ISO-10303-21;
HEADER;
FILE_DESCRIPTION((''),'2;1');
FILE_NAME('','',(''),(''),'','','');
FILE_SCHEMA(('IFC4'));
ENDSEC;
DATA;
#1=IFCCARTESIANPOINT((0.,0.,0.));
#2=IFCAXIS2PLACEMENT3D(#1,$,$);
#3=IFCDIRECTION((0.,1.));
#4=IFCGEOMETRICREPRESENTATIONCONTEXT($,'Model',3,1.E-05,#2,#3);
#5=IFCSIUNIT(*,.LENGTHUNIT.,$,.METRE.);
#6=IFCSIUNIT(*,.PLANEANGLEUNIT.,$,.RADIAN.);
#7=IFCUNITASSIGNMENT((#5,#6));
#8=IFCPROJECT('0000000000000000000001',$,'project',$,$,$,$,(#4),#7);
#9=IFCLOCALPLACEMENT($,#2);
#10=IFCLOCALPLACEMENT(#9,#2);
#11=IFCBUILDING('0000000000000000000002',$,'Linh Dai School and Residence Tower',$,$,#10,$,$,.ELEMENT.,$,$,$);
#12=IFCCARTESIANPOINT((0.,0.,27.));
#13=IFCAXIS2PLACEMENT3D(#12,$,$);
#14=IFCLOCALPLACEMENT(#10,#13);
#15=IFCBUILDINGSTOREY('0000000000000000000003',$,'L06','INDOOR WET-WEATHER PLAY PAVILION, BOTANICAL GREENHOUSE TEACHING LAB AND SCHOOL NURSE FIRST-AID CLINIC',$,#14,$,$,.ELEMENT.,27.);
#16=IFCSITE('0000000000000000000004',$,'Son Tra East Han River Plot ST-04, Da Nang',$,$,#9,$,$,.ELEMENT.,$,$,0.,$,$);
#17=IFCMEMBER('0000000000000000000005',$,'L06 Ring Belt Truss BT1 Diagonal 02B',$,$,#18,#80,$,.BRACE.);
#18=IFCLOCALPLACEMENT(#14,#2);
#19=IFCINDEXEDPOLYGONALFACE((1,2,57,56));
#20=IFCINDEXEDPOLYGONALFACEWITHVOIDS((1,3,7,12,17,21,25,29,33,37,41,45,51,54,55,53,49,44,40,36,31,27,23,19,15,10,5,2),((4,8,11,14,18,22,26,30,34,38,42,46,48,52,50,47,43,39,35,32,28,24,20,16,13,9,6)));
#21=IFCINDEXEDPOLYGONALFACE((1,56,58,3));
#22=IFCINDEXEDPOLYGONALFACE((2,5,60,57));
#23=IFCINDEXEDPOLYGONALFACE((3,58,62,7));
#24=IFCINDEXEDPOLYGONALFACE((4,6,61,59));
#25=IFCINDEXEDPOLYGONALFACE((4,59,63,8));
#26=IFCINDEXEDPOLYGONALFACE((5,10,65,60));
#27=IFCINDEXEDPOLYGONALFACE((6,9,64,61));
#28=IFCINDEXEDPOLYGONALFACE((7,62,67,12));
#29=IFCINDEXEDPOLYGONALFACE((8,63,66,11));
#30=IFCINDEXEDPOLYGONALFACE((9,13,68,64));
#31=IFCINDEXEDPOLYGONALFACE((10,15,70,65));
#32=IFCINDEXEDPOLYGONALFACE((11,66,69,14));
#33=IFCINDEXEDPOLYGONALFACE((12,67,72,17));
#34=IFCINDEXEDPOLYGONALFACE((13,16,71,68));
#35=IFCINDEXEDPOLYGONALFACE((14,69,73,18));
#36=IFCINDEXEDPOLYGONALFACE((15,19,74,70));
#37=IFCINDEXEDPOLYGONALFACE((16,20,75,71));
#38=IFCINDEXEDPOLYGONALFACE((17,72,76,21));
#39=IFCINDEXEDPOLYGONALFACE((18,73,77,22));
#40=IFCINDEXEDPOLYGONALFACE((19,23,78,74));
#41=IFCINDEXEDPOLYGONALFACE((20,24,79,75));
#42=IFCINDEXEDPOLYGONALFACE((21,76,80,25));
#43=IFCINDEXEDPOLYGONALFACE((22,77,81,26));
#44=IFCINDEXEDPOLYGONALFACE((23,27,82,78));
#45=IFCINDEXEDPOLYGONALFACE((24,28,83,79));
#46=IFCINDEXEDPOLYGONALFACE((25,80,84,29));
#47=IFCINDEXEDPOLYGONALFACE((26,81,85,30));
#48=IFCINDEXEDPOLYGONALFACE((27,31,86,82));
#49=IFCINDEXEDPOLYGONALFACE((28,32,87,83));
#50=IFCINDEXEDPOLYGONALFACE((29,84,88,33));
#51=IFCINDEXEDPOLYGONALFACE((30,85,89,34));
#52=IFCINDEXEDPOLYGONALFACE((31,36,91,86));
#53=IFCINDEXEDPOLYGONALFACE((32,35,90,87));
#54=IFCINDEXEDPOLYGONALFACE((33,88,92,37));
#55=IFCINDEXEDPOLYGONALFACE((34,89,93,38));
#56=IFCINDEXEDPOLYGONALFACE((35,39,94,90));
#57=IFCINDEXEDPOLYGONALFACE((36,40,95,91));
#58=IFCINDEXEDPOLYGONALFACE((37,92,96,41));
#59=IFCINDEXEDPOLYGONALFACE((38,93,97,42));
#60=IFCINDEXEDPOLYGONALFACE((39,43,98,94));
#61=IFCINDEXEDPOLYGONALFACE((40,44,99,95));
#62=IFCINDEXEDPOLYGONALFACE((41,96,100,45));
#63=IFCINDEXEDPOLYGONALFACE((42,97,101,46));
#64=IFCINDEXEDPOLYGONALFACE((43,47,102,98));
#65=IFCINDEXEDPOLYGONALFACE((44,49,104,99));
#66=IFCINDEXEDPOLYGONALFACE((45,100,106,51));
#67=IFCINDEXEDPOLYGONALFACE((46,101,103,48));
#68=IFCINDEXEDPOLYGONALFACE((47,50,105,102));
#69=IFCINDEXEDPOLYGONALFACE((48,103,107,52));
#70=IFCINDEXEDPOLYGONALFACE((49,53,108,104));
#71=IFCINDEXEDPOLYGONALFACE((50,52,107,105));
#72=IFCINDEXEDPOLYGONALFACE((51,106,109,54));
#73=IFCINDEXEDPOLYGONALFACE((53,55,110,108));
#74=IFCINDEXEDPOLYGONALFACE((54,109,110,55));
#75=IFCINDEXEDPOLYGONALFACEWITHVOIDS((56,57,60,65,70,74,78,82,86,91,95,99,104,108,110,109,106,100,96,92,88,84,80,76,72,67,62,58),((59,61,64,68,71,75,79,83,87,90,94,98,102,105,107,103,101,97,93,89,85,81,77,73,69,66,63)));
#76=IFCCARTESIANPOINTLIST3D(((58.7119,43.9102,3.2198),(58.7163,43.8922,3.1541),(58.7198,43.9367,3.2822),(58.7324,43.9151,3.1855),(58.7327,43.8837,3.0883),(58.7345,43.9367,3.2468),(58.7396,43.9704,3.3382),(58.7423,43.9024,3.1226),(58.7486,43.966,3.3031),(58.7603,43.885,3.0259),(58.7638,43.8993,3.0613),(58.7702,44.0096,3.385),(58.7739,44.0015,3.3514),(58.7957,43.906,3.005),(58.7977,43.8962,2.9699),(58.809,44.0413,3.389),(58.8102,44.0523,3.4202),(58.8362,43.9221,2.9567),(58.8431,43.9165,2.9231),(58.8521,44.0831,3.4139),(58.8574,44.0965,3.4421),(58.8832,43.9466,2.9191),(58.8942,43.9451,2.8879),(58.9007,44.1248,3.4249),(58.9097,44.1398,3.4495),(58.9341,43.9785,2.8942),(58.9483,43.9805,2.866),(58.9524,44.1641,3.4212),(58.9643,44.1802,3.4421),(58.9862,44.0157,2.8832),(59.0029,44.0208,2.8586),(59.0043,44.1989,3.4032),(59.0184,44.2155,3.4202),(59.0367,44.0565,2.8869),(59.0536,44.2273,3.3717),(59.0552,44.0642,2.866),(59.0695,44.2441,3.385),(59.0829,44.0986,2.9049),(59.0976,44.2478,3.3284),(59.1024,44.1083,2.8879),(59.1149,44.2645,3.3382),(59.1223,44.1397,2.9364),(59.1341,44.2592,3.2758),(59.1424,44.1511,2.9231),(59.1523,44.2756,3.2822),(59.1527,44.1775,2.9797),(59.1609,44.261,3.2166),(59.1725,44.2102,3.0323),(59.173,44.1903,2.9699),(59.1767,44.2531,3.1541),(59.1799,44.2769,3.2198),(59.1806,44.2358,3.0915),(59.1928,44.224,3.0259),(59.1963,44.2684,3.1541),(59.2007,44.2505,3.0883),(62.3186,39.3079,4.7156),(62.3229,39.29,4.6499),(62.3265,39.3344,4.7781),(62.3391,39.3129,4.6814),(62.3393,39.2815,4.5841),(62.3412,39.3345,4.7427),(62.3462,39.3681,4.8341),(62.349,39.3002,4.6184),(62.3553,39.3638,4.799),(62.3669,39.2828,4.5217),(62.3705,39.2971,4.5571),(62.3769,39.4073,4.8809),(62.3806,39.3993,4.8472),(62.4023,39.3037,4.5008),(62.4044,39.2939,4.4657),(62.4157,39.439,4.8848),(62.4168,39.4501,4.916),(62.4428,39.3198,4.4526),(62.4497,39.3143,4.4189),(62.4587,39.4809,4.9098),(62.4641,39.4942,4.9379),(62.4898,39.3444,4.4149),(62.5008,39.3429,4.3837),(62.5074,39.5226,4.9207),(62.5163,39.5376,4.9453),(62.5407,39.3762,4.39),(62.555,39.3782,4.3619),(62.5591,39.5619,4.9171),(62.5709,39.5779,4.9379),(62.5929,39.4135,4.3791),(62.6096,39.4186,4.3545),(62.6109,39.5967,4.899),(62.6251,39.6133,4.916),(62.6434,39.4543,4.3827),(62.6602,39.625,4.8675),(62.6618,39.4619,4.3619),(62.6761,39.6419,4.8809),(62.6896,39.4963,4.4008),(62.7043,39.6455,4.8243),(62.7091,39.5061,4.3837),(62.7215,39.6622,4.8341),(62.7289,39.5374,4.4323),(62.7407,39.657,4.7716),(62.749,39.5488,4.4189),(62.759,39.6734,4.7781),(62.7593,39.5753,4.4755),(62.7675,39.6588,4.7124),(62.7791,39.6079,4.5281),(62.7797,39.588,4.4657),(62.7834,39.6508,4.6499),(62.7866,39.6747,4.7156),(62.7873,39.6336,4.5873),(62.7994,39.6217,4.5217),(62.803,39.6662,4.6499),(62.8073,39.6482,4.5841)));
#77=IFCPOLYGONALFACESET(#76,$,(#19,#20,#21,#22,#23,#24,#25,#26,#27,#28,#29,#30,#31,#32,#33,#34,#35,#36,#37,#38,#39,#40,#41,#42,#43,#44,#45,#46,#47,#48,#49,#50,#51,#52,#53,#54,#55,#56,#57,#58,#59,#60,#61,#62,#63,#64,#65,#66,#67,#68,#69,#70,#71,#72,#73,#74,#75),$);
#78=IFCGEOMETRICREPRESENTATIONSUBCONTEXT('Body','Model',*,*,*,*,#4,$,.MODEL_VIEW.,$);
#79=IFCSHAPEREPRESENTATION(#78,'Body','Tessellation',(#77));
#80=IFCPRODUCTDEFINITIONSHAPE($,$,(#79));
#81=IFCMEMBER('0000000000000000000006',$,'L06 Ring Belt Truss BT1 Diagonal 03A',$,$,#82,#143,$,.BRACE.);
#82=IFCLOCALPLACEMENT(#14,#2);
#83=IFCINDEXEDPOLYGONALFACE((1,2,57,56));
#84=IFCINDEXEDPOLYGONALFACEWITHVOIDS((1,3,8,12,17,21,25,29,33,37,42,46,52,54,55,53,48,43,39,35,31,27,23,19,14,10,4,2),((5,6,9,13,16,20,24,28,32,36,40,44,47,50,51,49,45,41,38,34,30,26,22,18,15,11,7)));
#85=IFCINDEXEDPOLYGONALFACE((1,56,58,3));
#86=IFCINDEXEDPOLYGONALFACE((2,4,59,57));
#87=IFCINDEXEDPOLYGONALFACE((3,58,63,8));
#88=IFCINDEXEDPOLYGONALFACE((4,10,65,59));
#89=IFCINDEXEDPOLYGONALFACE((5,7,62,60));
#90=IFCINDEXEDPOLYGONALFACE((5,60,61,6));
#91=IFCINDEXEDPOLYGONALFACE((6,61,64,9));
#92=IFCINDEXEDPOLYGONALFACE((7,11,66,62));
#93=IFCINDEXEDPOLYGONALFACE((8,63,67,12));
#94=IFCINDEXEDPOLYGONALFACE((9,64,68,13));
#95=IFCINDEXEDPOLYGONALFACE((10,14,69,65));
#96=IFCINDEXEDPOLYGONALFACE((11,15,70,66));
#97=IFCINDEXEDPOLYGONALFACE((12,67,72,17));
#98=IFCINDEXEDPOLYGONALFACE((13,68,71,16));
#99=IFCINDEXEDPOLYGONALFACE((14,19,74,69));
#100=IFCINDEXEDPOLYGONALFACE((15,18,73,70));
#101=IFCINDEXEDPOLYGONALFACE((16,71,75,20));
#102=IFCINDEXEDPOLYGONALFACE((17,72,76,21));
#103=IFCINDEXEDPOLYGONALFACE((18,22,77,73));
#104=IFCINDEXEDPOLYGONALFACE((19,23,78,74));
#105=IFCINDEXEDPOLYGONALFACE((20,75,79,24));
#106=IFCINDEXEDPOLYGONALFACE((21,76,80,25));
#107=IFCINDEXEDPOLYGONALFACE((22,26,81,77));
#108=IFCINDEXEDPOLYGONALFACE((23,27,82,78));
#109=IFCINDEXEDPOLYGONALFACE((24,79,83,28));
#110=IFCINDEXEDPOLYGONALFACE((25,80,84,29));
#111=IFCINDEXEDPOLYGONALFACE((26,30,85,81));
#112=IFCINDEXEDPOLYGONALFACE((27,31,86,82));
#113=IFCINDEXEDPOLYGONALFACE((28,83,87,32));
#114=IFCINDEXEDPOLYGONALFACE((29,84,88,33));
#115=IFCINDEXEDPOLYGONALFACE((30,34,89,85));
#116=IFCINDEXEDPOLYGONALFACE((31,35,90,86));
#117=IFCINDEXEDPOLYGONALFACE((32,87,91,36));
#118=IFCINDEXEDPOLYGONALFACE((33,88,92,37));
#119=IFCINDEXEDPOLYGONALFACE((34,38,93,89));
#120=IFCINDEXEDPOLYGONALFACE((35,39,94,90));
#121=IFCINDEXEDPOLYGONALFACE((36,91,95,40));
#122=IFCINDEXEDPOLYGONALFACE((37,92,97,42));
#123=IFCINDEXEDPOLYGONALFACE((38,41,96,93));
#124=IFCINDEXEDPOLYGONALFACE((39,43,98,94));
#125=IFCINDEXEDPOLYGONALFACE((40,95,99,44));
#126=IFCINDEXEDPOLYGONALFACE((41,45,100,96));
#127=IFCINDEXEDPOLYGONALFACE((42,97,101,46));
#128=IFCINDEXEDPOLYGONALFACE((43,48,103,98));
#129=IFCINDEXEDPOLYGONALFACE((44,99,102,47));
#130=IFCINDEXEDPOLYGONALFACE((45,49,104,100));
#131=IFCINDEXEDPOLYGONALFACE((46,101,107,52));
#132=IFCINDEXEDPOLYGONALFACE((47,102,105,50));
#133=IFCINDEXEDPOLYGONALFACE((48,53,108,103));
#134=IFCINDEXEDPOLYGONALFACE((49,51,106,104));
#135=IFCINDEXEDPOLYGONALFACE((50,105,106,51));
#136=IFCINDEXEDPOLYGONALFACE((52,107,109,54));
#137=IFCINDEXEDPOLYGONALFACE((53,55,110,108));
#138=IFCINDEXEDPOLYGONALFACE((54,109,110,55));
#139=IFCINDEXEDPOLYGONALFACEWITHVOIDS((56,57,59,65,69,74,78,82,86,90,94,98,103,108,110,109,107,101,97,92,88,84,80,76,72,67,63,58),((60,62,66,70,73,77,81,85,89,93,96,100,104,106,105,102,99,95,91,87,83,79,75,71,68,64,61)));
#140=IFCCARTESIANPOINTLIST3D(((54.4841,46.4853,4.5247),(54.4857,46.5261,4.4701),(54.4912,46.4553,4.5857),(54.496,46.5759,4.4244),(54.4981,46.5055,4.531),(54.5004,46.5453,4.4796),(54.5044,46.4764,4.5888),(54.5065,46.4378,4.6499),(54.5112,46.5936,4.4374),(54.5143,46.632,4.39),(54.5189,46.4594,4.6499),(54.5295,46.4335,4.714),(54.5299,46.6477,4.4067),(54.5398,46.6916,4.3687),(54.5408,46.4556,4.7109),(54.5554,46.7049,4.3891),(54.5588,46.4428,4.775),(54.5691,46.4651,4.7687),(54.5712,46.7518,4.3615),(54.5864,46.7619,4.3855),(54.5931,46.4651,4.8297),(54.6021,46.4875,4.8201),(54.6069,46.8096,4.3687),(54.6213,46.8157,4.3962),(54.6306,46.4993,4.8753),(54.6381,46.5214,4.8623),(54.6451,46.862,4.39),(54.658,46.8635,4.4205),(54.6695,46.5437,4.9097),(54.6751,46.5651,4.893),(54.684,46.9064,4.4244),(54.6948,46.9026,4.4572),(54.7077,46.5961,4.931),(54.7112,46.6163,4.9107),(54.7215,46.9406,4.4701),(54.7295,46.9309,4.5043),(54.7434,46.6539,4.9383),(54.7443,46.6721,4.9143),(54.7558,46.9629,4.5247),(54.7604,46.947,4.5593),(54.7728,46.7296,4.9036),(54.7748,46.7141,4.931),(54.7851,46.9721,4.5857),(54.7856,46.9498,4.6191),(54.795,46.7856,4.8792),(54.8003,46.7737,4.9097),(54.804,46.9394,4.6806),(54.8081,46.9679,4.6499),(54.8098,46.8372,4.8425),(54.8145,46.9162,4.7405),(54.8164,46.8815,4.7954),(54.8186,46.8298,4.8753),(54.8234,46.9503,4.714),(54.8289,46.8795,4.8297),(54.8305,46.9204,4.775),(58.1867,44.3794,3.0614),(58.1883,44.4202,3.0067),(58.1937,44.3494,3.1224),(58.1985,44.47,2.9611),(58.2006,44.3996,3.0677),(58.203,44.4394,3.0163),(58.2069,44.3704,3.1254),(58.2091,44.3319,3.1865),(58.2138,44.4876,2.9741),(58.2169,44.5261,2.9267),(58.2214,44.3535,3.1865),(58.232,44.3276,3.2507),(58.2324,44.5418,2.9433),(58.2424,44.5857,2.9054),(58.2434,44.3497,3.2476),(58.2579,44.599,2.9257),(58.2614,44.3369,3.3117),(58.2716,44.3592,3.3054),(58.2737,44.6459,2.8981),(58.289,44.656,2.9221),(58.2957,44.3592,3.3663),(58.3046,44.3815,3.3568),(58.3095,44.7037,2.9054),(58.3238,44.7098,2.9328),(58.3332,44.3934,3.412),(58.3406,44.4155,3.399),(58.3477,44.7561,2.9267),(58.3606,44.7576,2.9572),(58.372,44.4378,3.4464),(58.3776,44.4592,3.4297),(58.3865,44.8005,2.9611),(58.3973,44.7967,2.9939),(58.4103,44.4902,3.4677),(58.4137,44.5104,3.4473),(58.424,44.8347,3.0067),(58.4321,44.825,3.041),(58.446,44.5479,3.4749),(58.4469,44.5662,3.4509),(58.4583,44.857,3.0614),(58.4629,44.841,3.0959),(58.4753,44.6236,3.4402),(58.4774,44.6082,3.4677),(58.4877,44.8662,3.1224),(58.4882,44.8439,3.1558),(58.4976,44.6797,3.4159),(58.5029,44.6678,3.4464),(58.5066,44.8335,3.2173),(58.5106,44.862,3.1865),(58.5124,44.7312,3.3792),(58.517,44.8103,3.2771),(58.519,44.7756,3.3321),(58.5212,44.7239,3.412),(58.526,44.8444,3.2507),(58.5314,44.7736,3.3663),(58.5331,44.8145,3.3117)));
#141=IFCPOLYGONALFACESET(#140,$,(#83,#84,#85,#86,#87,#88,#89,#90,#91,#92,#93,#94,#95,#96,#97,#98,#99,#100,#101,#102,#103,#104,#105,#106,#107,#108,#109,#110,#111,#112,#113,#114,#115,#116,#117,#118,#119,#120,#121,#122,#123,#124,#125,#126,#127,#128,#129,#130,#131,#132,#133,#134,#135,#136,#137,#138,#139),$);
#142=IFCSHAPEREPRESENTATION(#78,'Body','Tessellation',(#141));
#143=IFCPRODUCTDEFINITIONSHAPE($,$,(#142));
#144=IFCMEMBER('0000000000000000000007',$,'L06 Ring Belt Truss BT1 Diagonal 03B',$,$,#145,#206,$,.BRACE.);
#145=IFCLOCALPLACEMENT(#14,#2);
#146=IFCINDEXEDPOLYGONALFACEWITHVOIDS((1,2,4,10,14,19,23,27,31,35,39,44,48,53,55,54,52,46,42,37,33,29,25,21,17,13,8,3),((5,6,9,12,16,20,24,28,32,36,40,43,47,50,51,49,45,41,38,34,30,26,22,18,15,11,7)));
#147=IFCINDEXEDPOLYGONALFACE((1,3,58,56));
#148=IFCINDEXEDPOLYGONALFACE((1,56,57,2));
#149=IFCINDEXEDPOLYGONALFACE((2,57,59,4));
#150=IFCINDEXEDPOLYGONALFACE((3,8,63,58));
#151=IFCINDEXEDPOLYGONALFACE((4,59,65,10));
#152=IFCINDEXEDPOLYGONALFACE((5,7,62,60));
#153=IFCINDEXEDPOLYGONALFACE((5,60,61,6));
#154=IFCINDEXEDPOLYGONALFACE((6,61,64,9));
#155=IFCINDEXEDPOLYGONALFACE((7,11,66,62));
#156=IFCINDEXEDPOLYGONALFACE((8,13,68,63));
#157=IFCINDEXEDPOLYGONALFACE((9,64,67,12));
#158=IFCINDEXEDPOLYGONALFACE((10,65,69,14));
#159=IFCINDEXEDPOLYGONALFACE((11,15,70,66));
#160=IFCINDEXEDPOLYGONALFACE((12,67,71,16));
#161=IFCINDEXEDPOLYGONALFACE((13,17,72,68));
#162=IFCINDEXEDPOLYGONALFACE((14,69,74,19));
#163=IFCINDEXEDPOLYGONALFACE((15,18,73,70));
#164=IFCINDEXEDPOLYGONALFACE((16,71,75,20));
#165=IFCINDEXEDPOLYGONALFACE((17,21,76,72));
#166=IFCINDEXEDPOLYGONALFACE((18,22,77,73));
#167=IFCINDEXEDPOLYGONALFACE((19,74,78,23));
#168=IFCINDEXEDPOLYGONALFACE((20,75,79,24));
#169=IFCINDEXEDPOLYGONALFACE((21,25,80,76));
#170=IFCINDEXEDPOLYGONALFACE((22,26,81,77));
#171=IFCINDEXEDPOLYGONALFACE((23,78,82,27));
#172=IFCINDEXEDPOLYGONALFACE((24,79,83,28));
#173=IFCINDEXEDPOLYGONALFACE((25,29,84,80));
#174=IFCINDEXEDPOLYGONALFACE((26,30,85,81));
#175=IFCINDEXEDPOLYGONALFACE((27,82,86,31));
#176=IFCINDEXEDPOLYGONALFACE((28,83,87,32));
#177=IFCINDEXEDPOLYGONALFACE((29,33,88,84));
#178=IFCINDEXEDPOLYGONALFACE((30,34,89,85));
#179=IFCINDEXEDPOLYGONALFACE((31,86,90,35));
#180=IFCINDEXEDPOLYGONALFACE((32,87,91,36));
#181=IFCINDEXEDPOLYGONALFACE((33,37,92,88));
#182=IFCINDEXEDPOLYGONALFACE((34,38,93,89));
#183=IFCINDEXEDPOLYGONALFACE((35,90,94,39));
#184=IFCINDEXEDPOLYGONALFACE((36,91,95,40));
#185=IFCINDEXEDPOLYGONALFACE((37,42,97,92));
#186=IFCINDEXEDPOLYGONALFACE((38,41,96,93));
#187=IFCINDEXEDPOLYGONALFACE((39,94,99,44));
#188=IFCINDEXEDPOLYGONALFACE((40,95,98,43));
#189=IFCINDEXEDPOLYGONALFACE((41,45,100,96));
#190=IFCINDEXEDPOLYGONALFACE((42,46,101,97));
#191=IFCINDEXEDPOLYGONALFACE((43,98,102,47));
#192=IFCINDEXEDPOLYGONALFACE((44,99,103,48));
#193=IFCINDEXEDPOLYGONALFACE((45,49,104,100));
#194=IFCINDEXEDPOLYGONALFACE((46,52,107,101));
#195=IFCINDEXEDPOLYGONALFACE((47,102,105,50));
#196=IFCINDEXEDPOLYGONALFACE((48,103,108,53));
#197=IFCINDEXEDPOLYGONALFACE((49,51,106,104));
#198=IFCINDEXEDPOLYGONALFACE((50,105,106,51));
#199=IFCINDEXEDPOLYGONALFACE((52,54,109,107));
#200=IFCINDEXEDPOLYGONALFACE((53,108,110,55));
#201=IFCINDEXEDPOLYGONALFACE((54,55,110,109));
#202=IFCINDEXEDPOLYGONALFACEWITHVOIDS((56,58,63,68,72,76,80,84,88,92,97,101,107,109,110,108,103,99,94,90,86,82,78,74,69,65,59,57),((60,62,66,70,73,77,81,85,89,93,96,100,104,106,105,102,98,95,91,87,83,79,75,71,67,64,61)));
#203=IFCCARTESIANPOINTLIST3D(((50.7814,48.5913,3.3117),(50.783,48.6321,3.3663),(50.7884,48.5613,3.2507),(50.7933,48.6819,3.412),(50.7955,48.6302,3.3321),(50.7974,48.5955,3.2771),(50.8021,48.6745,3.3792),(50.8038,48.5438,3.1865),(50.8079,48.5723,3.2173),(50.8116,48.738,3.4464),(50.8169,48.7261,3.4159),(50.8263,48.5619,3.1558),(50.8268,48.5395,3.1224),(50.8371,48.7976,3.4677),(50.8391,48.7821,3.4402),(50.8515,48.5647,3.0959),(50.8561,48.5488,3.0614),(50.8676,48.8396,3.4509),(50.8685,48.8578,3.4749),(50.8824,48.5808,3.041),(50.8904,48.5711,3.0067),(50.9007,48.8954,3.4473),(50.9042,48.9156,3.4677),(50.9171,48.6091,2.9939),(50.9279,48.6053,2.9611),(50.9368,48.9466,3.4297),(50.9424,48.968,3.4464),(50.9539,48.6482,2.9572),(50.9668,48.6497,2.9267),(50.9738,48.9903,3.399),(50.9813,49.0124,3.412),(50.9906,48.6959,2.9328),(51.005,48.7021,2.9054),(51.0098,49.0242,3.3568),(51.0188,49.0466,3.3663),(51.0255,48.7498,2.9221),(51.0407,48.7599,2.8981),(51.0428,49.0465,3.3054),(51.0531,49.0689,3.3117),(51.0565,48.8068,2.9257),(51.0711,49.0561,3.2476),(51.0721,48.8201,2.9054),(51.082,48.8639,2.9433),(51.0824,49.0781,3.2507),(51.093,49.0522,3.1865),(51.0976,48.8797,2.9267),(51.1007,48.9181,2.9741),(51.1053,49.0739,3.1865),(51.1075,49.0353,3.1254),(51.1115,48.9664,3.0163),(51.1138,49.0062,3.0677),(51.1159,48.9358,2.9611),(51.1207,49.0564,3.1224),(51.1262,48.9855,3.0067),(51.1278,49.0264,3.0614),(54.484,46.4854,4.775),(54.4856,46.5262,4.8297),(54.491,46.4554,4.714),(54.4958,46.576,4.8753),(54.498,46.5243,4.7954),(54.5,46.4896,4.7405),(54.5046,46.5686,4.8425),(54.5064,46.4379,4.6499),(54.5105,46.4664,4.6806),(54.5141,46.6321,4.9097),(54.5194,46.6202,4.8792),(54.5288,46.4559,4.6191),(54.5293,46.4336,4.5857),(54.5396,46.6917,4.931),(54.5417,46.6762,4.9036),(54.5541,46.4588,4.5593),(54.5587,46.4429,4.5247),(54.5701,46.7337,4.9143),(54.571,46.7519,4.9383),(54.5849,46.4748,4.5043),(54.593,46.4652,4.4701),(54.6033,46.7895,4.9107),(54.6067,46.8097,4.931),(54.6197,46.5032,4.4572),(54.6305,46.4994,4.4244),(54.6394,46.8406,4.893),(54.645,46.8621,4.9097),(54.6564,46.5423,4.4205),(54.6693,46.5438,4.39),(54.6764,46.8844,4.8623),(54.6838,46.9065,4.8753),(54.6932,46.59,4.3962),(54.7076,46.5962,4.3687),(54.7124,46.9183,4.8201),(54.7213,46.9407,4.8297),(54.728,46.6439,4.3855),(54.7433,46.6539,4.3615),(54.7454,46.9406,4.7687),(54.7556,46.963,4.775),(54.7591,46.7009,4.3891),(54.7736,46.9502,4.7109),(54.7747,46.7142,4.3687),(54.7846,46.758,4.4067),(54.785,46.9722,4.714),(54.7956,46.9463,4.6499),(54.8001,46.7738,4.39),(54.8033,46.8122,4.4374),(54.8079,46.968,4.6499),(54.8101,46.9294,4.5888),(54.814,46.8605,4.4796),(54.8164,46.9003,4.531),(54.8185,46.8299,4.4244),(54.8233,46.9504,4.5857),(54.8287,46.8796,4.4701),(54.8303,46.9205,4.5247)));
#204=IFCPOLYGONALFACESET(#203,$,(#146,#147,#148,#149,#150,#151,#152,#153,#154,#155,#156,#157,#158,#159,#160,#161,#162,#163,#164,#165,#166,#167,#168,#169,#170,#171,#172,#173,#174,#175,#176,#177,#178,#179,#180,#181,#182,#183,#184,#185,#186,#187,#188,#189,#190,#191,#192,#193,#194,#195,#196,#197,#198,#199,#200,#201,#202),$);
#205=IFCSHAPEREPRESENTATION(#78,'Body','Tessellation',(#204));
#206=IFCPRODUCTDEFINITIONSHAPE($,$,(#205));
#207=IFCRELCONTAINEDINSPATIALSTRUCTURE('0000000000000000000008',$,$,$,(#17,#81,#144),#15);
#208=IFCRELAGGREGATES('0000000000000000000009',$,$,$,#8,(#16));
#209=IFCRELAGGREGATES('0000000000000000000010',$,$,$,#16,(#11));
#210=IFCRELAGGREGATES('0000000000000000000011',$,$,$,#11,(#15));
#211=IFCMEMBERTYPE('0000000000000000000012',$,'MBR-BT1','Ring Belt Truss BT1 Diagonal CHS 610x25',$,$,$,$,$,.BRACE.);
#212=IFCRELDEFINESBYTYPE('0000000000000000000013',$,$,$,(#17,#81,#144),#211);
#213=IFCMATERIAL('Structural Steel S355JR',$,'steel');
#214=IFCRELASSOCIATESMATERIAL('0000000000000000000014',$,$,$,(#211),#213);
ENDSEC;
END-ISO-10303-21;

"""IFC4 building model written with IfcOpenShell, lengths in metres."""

from ifc_helpers import new_model, si_unit, direction, frame, origin, origin_2d, place, context, subcontext, project, spatial, hollow_circle, extrude, material, material_profile, profile_set, type_object, element, save


model = new_model("IFC4")

# Units and contexts
model_context = context("Model", 3, precision=1e-05, world=origin(), true_north=direction((0.0, 1.0)))
body_context = subcontext(model_context, "Body", "Model", "MODEL_VIEW")
ifc_project = project(units=[si_unit("LENGTHUNIT", "METRE"), si_unit("PLANEANGLEUNIT", "RADIAN")], contexts=[model_context])

# Site, building, storey
site_placement = place(None, origin())
site = spatial("IfcSite", under=ifc_project, at=site_placement, Name="Son Tra East Han River Plot ST-04, Da Nang", CompositionType="ELEMENT", RefElevation=0.0)
building_placement = place(site_placement, origin())
building = spatial("IfcBuilding", under=site, at=building_placement, Name="Linh Dai School and Residence Tower", CompositionType="ELEMENT")
storey_placement = place(building_placement, frame((0.0, 0.0, 27.0)))
storey = spatial("IfcBuildingStorey", under=building, at=storey_placement, Name="L06", Description="INDOOR WET-WEATHER PLAY PAVILION, BOTANICAL GREENHOUSE TEACHING LAB AND SCHOOL NURSE FIRST-AID CLINIC", CompositionType="ELEMENT", Elevation=27.0)

# Shared definitions
ifc_material_1 = material(Name="Structural Steel S355JR", Category="steel")

# Members
ifc_material_profile_1 = material_profile(ifc_material_1, hollow_circle(Radius=0.3049, WallThickness=0.0249, at=origin_2d()), Name="CHS 610x25")
ifc_profile_set_1 = profile_set([ifc_material_profile_1], Name="Structural Steel S355JR")
member_type_1 = type_object("IfcMemberType", Name="MBR-BT1", Description="Ring Belt Truss BT1 Diagonal CHS 610x25", PredefinedType="BRACE", material=ifc_profile_set_1)
member_1_placement = place(storey_placement, frame((58.9563, 44.0803, 3.1541), z_axis=(0.597582, -0.762541, 0.247843), x_axis=(0.787099, 0.616827, 0.0)))
element("IfcMember", 1, at=member_1_placement, inside=storey, type_object=member_type_1, Name="L06 Ring Belt Truss BT1 Diagonal 02B", PredefinedType="BRACE", context=body_context, shape_type="SweptSolid", body=[
    extrude(hollow_circle(Radius=0.3049, WallThickness=0.0249, at=origin_2d()), origin(), (0.0, 0.0, 1.0), 6.0354),
])
for number, where, z_axis, x_axis, name in (
    (2, (58.3599, 44.5969, 3.1865), (-0.822077, 0.467574, 0.324906), (-0.494397, -0.869236, 0.0), "L06 Ring Belt Truss BT1 Diagonal 03A"),
    (3, (50.9546, 48.8088, 3.1865), (0.822077, -0.467574, 0.324906), (0.494397, 0.869236, 0.0), "L06 Ring Belt Truss BT1 Diagonal 03B"),
):
    element("IfcMember", number, at=place(storey_placement, frame(where, z_axis=z_axis, x_axis=x_axis)), inside=storey, type_object=member_type_1, Name=name, PredefinedType="BRACE", context=body_context, shape_type="SweptSolid", body=[
        extrude(hollow_circle(Radius=0.3049, WallThickness=0.0249, at=origin_2d()), origin(), (0.0, 0.0, 1.0), 4.5039),
    ])

save(model, "model.ifc")
